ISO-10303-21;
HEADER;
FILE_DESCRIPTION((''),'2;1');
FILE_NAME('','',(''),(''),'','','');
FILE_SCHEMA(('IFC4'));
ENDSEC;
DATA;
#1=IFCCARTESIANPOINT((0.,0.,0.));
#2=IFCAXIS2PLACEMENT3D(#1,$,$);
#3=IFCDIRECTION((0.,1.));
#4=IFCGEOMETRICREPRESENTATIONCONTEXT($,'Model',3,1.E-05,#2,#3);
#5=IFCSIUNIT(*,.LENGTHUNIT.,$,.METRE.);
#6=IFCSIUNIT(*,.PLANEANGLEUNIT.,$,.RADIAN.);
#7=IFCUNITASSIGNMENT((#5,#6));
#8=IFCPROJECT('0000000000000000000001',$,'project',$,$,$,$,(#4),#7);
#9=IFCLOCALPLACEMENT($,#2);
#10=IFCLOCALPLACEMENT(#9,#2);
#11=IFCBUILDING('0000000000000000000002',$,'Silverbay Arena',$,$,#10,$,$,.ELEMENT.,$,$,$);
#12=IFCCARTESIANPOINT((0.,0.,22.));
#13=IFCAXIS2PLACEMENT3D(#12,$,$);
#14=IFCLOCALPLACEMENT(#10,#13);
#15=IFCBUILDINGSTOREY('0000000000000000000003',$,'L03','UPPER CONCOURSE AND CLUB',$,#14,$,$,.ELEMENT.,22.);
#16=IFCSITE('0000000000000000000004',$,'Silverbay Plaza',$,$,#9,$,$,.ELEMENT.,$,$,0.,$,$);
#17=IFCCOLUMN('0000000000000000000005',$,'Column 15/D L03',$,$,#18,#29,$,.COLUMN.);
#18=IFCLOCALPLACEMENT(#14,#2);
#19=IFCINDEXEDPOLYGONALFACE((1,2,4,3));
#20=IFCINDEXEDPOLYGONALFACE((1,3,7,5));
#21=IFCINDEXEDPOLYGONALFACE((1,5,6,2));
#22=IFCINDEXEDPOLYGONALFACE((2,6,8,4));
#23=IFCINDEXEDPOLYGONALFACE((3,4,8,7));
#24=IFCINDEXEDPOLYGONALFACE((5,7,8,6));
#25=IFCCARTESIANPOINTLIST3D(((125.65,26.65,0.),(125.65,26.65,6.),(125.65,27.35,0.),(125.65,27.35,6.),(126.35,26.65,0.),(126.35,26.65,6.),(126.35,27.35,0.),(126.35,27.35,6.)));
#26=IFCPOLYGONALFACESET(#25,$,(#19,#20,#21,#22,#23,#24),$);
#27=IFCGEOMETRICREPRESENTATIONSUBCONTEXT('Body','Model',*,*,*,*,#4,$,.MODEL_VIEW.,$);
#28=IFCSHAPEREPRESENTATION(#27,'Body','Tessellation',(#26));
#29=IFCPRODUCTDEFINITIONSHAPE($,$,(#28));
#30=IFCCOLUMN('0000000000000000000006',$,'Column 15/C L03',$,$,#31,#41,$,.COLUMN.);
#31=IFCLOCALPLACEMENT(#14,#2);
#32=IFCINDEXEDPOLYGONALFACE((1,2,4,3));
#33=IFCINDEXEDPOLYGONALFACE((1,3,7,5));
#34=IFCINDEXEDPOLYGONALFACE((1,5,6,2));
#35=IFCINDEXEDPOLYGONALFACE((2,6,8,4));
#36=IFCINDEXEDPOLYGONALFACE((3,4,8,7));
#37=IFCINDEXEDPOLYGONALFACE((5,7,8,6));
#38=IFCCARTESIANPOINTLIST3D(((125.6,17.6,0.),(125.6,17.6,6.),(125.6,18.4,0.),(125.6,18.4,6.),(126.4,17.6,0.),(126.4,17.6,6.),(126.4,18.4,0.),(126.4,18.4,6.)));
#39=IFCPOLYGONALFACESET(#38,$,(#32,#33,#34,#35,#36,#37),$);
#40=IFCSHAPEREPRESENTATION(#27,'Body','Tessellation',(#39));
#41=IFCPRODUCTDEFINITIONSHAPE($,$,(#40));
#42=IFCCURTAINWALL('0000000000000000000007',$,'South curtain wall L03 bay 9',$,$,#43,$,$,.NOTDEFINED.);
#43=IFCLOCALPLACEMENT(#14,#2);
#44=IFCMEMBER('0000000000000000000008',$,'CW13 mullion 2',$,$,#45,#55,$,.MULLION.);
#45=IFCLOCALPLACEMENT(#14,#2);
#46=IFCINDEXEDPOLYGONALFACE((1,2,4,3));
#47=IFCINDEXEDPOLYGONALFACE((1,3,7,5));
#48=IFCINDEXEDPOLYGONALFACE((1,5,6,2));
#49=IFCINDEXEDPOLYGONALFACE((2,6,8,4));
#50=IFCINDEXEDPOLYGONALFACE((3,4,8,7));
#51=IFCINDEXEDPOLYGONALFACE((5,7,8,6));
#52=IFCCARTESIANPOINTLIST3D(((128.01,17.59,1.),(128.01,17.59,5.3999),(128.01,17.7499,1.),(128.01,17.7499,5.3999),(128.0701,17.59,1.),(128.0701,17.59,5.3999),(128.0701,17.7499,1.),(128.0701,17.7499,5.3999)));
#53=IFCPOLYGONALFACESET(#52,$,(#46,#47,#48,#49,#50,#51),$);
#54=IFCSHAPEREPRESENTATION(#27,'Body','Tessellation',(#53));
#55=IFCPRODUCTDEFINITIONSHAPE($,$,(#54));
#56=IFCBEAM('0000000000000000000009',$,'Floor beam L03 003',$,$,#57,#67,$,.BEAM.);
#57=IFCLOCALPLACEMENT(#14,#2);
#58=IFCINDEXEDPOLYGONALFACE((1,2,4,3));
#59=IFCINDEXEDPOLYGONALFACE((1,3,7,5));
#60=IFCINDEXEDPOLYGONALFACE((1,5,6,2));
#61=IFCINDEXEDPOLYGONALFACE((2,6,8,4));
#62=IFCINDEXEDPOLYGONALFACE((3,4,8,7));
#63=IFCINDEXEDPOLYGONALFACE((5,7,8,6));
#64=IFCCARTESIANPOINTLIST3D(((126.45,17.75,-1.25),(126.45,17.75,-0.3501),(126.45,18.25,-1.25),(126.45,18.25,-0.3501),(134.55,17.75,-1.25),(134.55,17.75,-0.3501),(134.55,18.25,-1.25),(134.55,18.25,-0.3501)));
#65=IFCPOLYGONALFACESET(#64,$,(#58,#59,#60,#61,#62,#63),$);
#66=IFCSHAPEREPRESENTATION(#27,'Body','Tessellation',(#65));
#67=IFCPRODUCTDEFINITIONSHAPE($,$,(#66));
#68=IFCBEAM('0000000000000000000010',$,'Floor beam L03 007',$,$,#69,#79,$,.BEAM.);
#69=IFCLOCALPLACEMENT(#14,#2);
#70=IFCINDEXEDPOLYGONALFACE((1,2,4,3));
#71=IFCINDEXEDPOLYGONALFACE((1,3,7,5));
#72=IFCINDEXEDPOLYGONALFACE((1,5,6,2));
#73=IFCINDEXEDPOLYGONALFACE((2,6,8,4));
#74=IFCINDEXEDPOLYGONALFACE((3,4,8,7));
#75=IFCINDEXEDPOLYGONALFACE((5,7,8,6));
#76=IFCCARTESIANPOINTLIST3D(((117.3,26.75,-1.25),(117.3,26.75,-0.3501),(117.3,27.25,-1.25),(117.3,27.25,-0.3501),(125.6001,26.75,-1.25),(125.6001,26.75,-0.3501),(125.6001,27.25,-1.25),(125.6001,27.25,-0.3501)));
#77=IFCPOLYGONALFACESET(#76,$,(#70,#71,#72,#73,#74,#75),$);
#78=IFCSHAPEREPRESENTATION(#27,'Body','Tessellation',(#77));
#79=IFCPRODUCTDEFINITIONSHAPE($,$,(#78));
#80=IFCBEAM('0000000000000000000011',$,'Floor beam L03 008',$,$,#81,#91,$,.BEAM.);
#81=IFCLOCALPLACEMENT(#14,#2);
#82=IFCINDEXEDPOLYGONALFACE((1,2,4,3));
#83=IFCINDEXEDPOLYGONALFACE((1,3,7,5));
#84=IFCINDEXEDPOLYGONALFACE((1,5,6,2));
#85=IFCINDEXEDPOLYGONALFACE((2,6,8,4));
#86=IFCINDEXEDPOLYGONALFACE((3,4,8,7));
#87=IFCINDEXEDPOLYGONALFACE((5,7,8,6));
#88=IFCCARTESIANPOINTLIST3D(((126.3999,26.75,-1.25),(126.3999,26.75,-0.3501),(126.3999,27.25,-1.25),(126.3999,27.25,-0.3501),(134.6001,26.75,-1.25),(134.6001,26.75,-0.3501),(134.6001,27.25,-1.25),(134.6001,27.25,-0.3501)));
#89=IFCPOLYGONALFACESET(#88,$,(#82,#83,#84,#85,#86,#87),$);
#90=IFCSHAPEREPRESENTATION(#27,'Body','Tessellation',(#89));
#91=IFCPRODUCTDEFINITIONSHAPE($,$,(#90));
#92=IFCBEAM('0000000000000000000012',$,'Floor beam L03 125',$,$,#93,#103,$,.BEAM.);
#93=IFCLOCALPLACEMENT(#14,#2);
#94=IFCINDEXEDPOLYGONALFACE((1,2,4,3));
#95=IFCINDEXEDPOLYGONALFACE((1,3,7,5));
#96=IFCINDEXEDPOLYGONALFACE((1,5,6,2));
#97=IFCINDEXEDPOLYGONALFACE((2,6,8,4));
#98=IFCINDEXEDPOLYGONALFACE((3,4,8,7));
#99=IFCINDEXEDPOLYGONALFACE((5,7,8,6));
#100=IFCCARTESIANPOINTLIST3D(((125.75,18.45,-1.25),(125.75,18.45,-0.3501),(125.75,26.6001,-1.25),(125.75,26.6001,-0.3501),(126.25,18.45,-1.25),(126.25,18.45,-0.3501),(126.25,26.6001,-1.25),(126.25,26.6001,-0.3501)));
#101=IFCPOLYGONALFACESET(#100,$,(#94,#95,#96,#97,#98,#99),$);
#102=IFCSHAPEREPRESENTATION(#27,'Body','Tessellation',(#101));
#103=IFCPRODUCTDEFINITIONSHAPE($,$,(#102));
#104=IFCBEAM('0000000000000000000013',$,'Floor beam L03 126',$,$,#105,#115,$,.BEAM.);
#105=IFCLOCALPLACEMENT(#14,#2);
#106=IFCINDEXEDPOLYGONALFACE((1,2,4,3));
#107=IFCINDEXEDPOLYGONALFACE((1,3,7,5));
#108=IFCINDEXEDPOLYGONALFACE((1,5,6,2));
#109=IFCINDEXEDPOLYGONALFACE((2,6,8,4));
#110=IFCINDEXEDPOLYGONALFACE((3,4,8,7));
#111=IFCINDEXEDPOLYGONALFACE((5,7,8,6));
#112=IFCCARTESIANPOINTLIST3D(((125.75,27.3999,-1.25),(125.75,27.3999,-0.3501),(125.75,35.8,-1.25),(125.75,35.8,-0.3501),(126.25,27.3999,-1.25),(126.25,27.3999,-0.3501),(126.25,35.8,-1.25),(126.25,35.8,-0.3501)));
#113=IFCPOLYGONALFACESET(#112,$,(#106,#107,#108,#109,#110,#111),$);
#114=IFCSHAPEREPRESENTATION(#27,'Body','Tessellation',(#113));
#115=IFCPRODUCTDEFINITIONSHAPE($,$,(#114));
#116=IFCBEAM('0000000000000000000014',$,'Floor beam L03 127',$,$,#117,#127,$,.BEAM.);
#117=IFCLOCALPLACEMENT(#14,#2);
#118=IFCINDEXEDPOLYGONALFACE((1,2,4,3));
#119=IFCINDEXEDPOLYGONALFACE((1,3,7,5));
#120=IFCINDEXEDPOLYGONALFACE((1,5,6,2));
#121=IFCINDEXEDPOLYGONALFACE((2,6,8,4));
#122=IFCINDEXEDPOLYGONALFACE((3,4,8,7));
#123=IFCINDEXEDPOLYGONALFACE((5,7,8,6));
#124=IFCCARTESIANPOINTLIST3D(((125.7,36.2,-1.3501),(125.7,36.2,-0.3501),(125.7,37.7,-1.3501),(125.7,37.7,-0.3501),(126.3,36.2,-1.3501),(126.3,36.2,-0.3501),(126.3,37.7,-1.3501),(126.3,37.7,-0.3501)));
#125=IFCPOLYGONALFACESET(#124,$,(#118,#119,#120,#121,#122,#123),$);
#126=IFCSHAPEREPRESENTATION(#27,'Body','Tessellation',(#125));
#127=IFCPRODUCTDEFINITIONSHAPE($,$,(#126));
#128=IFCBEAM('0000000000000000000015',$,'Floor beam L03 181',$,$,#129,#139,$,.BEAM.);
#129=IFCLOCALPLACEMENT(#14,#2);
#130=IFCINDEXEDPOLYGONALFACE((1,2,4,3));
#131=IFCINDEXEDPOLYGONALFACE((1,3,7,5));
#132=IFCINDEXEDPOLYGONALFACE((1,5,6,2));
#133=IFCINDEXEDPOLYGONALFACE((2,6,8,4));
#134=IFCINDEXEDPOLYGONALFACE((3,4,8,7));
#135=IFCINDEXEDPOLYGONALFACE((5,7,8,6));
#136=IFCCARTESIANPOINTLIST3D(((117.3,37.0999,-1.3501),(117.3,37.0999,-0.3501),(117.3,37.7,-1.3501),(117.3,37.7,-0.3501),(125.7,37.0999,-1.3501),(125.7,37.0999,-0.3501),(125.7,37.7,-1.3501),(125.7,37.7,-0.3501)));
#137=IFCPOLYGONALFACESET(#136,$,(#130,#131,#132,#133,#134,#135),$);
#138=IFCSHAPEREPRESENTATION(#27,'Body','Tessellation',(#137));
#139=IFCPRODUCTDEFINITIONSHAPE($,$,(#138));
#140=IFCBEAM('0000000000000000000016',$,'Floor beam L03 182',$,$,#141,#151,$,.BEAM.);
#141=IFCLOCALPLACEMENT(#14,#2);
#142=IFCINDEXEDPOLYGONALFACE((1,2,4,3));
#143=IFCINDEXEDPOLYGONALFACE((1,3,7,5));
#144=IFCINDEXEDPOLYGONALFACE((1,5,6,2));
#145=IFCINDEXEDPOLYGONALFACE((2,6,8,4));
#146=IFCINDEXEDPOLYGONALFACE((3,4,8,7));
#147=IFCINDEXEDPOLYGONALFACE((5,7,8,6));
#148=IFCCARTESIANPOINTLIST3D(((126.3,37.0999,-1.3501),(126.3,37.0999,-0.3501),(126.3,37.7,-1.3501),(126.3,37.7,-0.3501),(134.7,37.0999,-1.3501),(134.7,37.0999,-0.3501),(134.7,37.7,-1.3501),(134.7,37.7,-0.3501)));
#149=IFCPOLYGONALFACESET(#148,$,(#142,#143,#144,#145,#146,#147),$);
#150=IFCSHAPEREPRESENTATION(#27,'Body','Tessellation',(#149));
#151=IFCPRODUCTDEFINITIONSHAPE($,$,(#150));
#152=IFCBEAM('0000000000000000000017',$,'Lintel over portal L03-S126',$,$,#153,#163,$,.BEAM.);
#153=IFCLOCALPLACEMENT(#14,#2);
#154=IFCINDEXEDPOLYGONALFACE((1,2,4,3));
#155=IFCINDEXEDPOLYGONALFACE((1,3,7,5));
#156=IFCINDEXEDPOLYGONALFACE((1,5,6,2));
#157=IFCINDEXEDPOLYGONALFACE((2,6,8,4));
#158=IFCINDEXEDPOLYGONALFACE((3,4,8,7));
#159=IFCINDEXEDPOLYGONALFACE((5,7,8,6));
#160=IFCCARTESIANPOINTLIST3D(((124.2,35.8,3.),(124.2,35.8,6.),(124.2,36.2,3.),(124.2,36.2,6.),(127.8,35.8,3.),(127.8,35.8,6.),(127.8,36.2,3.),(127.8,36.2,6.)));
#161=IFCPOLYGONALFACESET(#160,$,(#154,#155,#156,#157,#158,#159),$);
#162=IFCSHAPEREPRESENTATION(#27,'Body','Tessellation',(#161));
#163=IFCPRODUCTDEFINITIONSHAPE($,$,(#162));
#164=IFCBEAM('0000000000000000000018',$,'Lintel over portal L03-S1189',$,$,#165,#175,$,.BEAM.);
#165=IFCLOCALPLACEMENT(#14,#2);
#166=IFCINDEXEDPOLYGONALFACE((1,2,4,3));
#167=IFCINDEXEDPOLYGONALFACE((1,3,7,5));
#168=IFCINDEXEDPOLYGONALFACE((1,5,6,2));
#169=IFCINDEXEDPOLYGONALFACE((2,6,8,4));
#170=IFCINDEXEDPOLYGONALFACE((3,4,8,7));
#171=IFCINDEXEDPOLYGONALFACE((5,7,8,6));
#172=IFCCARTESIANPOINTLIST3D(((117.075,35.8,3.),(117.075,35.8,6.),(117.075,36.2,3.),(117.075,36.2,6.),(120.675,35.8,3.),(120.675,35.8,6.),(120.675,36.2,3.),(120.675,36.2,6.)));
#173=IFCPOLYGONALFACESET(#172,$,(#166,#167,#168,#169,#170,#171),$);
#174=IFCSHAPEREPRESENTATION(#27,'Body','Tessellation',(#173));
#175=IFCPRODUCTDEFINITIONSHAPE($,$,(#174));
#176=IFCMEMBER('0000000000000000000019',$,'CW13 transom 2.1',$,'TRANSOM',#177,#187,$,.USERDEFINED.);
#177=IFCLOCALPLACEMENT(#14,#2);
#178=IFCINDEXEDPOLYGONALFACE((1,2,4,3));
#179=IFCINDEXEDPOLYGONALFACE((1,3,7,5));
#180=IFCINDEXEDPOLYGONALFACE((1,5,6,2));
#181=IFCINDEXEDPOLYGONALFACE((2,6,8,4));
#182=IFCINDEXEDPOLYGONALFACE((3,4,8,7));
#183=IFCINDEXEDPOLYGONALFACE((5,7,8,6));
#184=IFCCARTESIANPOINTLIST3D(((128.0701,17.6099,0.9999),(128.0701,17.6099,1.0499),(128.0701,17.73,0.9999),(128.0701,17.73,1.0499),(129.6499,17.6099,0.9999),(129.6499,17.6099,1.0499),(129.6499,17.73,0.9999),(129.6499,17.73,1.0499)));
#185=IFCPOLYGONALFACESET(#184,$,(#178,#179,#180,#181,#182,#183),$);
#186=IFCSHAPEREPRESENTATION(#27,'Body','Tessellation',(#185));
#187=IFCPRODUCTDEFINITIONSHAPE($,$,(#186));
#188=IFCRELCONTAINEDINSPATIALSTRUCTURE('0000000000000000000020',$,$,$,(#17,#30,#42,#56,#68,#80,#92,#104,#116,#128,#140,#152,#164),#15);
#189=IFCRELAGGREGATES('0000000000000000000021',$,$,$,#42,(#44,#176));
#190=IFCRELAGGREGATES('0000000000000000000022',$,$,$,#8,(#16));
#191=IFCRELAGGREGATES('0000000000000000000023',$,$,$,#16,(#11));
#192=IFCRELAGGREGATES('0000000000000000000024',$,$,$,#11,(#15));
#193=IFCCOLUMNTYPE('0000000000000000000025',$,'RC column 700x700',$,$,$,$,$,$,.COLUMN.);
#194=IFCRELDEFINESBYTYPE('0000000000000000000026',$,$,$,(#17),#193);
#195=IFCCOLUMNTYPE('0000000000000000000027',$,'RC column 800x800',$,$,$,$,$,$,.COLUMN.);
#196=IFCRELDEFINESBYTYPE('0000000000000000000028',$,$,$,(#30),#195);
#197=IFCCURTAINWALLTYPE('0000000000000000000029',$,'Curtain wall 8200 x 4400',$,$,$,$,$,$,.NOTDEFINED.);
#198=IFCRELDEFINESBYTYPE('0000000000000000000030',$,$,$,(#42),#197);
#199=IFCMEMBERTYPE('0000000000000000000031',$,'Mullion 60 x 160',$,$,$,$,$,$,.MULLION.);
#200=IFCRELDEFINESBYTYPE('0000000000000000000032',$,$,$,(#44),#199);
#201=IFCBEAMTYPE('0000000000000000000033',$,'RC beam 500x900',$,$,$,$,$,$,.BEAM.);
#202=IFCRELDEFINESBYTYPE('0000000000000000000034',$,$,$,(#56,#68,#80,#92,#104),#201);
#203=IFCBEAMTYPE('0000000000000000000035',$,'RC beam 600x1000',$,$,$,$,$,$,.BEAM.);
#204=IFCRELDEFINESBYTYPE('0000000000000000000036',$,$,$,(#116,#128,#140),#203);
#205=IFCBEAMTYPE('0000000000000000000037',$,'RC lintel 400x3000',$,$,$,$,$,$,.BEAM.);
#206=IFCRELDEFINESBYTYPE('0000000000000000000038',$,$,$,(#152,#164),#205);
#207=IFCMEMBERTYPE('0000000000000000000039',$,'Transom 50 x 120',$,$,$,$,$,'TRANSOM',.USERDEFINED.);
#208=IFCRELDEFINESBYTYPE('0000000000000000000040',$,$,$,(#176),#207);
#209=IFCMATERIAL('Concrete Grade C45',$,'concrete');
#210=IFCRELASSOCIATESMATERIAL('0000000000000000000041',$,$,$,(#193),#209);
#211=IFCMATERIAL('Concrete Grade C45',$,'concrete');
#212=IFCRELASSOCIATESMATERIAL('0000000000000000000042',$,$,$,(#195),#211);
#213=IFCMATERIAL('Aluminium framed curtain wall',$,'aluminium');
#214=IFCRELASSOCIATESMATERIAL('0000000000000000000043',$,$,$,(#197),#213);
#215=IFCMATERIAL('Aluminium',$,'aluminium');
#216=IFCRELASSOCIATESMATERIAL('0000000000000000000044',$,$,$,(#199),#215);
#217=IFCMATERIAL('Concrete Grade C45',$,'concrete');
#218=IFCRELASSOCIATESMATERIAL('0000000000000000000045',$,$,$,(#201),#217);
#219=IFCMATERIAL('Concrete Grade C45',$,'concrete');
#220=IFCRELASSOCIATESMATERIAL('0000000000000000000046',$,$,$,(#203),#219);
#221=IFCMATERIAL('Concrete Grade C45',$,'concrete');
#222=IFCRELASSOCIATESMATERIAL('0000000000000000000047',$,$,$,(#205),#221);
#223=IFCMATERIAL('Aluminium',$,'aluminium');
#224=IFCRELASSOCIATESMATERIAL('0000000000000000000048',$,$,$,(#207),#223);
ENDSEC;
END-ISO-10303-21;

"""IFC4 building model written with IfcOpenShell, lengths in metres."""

from ifc_helpers import new_model, si_unit, direction, frame, origin, origin_2d, place, context, subcontext, project, spatial, rectangle, extrude, material, material_profile, profile_set, type_object, element, aggregate, save


model = new_model("IFC4")

# Units and contexts
model_context = context("Model", 3, precision=1e-05, world=origin(), true_north=direction((0.0, 1.0)))
body_context = subcontext(model_context, "Body", "Model", "MODEL_VIEW")
ifc_project = project(units=[si_unit("LENGTHUNIT", "METRE"), si_unit("PLANEANGLEUNIT", "RADIAN")], contexts=[model_context])

# Site, building, storey
site_placement = place(None, origin())
site = spatial("IfcSite", under=ifc_project, at=site_placement, Name="Silverbay Plaza", CompositionType="ELEMENT", RefElevation=0.0)
building_placement = place(site_placement, origin())
building = spatial("IfcBuilding", under=site, at=building_placement, Name="Silverbay Arena", CompositionType="ELEMENT")
storey_placement = place(building_placement, frame((0.0, 0.0, 22.0)))
storey = spatial("IfcBuildingStorey", under=building, at=storey_placement, Name="L03", Description="UPPER CONCOURSE AND CLUB", CompositionType="ELEMENT", Elevation=22.0)

# Columns
ifc_material_1 = material(Name="Concrete Grade C45", Category="concrete")
ifc_material_profile_1 = material_profile(ifc_material_1, rectangle(XDim=0.7, YDim=0.7, at=origin_2d()), Name="RC 700x700")
ifc_profile_set_1 = profile_set([ifc_material_profile_1], Name="Concrete Grade C45")
column_type_1 = type_object("IfcColumnType", Name="RC column 700x700", PredefinedType="COLUMN", material=ifc_profile_set_1)
column_1_placement = place(storey_placement, frame((126.0, 27.0, 0.0), z_axis=(0.0, 0.0, 1.0), x_axis=(1.0, 0.0, 0.0)))
element("IfcColumn", 1, at=column_1_placement, inside=storey, type_object=column_type_1, Name="Column 15/D L03", PredefinedType="COLUMN", context=body_context, shape_type="SweptSolid", body=[
    extrude(rectangle(XDim=0.7, YDim=0.7, at=origin_2d()), origin(), (0.0, 0.0, 1.0), 6.0),
])
ifc_material_2 = material(Name="Concrete Grade C45", Category="concrete")
ifc_material_profile_2 = material_profile(ifc_material_2, rectangle(XDim=0.8, YDim=0.8, at=origin_2d()), Name="RC 800x800")
ifc_profile_set_2 = profile_set([ifc_material_profile_2], Name="Concrete Grade C45")
column_type_2 = type_object("IfcColumnType", Name="RC column 800x800", PredefinedType="COLUMN", material=ifc_profile_set_2)
column_2_placement = place(storey_placement, frame((126.0, 18.0, 0.0), z_axis=(0.0, 0.0, 1.0), x_axis=(1.0, 0.0, 0.0)))
element("IfcColumn", 2, at=column_2_placement, inside=storey, type_object=column_type_2, Name="Column 15/C L03", PredefinedType="COLUMN", context=body_context, shape_type="SweptSolid", body=[
    extrude(rectangle(XDim=0.8, YDim=0.8, at=origin_2d()), origin(), (0.0, 0.0, 1.0), 6.0),
])

# Curtain wall, member
ifc_material_3 = material(Name="Aluminium framed curtain wall", Category="aluminium")
curtain_wall_type = type_object("IfcCurtainWallType", Name="Curtain wall 8200 x 4400", PredefinedType="NOTDEFINED", material=ifc_material_3)
curtain_wall_placement = place(storey_placement, origin())
curtain_wall = element("IfcCurtainWall", 3, at=curtain_wall_placement, inside=storey, type_object=curtain_wall_type, Name="South curtain wall L03 bay 9", PredefinedType="NOTDEFINED")
ifc_material_4 = material(Name="Aluminium", Category="aluminium")
ifc_material_profile_3 = material_profile(ifc_material_4, rectangle(XDim=0.1599, YDim=0.0601, at=origin_2d()), Name="Mullion 60 x 160")
ifc_profile_set_3 = profile_set([ifc_material_profile_3], Name="Aluminium")
member_type_1 = type_object("IfcMemberType", Name="Mullion 60 x 160", PredefinedType="MULLION", material=ifc_profile_set_3)
member_1_placement = place(storey_placement, frame((128.04, 17.6699, 1.0), z_axis=(0.0, 0.0, 1.0), x_axis=(0.0, 1.0, 0.0)))
member_1 = element("IfcMember", 4, at=member_1_placement, type_object=member_type_1, Name="CW13 mullion 2", PredefinedType="MULLION", context=body_context, shape_type="SweptSolid", body=[
    extrude(rectangle(XDim=0.1599, YDim=0.0601, at=origin_2d()), origin(), (0.0, 0.0, 1.0), 4.3999),
])

# Beams
ifc_material_5 = material(Name="Concrete Grade C45", Category="concrete")
ifc_material_profile_4 = material_profile(ifc_material_5, rectangle(XDim=0.5, YDim=0.8999, at=origin_2d()), Name="RC 500x900")
ifc_profile_set_4 = profile_set([ifc_material_profile_4], Name="Concrete Grade C45")
beam_type_1 = type_object("IfcBeamType", Name="RC beam 500x900", PredefinedType="BEAM", material=ifc_profile_set_4)
beam_1_placement = place(storey_placement, frame((126.45, 18.0, -0.8), z_axis=(1.0, 0.0, 0.0), x_axis=(0.0, 1.0, 0.0)))
element("IfcBeam", 5, at=beam_1_placement, inside=storey, type_object=beam_type_1, Name="Floor beam L03 003", PredefinedType="BEAM", context=body_context, shape_type="SweptSolid", body=[
    extrude(rectangle(XDim=0.5, YDim=0.8999, at=origin_2d()), origin(), (0.0, 0.0, 1.0), 8.1001),
])
beam_2_placement = place(storey_placement, frame((117.3, 27.0, -0.8), z_axis=(1.0, 0.0, 0.0), x_axis=(0.0, 1.0, 0.0)))
element("IfcBeam", 6, at=beam_2_placement, inside=storey, type_object=beam_type_1, Name="Floor beam L03 007", PredefinedType="BEAM", context=body_context, shape_type="SweptSolid", body=[
    extrude(rectangle(XDim=0.5, YDim=0.8999, at=origin_2d()), origin(), (0.0, 0.0, 1.0), 8.3),
])
beam_3_placement = place(storey_placement, frame((126.3999, 27.0, -0.8), z_axis=(1.0, 0.0, 0.0), x_axis=(0.0, 1.0, 0.0)))
element("IfcBeam", 7, at=beam_3_placement, inside=storey, type_object=beam_type_1, Name="Floor beam L03 008", PredefinedType="BEAM", context=body_context, shape_type="SweptSolid", body=[
    extrude(rectangle(XDim=0.5, YDim=0.8999, at=origin_2d()), origin(), (0.0, 0.0, 1.0), 8.2002),
])
beam_4_placement = place(storey_placement, frame((126.0, 18.45, -0.8), z_axis=(0.0, 1.0, 0.0), x_axis=(-1.0, 0.0, 0.0)))
element("IfcBeam", 8, at=beam_4_placement, inside=storey, type_object=beam_type_1, Name="Floor beam L03 125", PredefinedType="BEAM", context=body_context, shape_type="SweptSolid", body=[
    extrude(rectangle(XDim=0.5, YDim=0.8999, at=origin_2d()), origin(), (0.0, 0.0, 1.0), 8.1501),
])
beam_5_placement = place(storey_placement, frame((126.0, 27.3999, -0.8), z_axis=(0.0, 1.0, 0.0), x_axis=(-1.0, 0.0, 0.0)))
element("IfcBeam", 9, at=beam_5_placement, inside=storey, type_object=beam_type_1, Name="Floor beam L03 126", PredefinedType="BEAM", context=body_context, shape_type="SweptSolid", body=[
    extrude(rectangle(XDim=0.5, YDim=0.8999, at=origin_2d()), origin(), (0.0, 0.0, 1.0), 8.4001),
])
ifc_material_6 = material(Name="Concrete Grade C45", Category="concrete")
ifc_material_profile_5 = material_profile(ifc_material_6, rectangle(XDim=0.6001, YDim=1.0, at=origin_2d()), Name="RC 600x1000")
ifc_profile_set_5 = profile_set([ifc_material_profile_5], Name="Concrete Grade C45")
beam_type_2 = type_object("IfcBeamType", Name="RC beam 600x1000", PredefinedType="BEAM", material=ifc_profile_set_5)
beam_6_placement = place(storey_placement, frame((126.0, 36.2, -0.8501), z_axis=(0.0, 1.0, 0.0), x_axis=(-1.0, 0.0, 0.0)))
element("IfcBeam", 10, at=beam_6_placement, inside=storey, type_object=beam_type_2, Name="Floor beam L03 127", PredefinedType="BEAM", context=body_context, shape_type="SweptSolid", body=[
    extrude(rectangle(XDim=0.6001, YDim=1.0, at=origin_2d()), origin(), (0.0, 0.0, 1.0), 1.5),
])
for number, where, z_axis, x_axis, name in (
    (11, (117.3, 37.3999, -0.8501), (1.0, 0.0, 0.0), (0.0, 1.0, 0.0), "Floor beam L03 181"),
    (12, (126.3, 37.3999, -0.8501), (1.0, 0.0, 0.0), (0.0, 1.0, 0.0), "Floor beam L03 182"),
):
    element("IfcBeam", number, at=place(storey_placement, frame(where, z_axis=z_axis, x_axis=x_axis)), inside=storey, type_object=beam_type_2, Name=name, PredefinedType="BEAM", context=body_context, shape_type="SweptSolid", body=[
        extrude(rectangle(XDim=0.6001, YDim=1.0, at=origin_2d()), origin(), (0.0, 0.0, 1.0), 8.3999),
    ])
ifc_material_7 = material(Name="Concrete Grade C45", Category="concrete")
ifc_material_profile_6 = material_profile(ifc_material_7, rectangle(XDim=0.3999, YDim=3.0, at=origin_2d()), Name="RC 400x3000")
ifc_profile_set_6 = profile_set([ifc_material_profile_6], Name="Concrete Grade C45")
beam_type_3 = type_object("IfcBeamType", Name="RC lintel 400x3000", PredefinedType="BEAM", material=ifc_profile_set_6)
for number, where, z_axis, x_axis, name in (
    (13, (124.2, 36.0, 4.5), (1.0, 0.0, 0.0), (0.0, 1.0, 0.0), "Lintel over portal L03-S126"),
    (14, (117.075, 36.0, 4.5), (1.0, 0.0, 0.0), (0.0, 1.0, 0.0), "Lintel over portal L03-S1189"),
):
    element("IfcBeam", number, at=place(storey_placement, frame(where, z_axis=z_axis, x_axis=x_axis)), inside=storey, type_object=beam_type_3, Name=name, PredefinedType="BEAM", context=body_context, shape_type="SweptSolid", body=[
        extrude(rectangle(XDim=0.3999, YDim=3.0, at=origin_2d()), origin(), (0.0, 0.0, 1.0), 3.6001),
    ])

# Member
ifc_material_8 = material(Name="Aluminium", Category="aluminium")
ifc_material_profile_7 = material_profile(ifc_material_8, rectangle(XDim=0.1201, YDim=0.05, at=origin_2d()), Name="Transom 50 x 120")
ifc_profile_set_7 = profile_set([ifc_material_profile_7], Name="Aluminium")
member_type_2 = type_object("IfcMemberType", Name="Transom 50 x 120", ElementType="TRANSOM", PredefinedType="USERDEFINED", material=ifc_profile_set_7)
member_2_placement = place(storey_placement, frame((128.0701, 17.6699, 1.0249), z_axis=(1.0, 0.0, 0.0), x_axis=(0.0, 1.0, 0.0)))
member_2 = element("IfcMember", 15, at=member_2_placement, type_object=member_type_2, Name="CW13 transom 2.1", ObjectType="TRANSOM", PredefinedType="USERDEFINED", context=body_context, shape_type="SweptSolid", body=[
    extrude(rectangle(XDim=0.1201, YDim=0.05, at=origin_2d()), origin(), (0.0, 0.0, 1.0), 1.5798),
])
aggregate(curtain_wall, [member_1, member_2])

save(model, "model.ifc")
